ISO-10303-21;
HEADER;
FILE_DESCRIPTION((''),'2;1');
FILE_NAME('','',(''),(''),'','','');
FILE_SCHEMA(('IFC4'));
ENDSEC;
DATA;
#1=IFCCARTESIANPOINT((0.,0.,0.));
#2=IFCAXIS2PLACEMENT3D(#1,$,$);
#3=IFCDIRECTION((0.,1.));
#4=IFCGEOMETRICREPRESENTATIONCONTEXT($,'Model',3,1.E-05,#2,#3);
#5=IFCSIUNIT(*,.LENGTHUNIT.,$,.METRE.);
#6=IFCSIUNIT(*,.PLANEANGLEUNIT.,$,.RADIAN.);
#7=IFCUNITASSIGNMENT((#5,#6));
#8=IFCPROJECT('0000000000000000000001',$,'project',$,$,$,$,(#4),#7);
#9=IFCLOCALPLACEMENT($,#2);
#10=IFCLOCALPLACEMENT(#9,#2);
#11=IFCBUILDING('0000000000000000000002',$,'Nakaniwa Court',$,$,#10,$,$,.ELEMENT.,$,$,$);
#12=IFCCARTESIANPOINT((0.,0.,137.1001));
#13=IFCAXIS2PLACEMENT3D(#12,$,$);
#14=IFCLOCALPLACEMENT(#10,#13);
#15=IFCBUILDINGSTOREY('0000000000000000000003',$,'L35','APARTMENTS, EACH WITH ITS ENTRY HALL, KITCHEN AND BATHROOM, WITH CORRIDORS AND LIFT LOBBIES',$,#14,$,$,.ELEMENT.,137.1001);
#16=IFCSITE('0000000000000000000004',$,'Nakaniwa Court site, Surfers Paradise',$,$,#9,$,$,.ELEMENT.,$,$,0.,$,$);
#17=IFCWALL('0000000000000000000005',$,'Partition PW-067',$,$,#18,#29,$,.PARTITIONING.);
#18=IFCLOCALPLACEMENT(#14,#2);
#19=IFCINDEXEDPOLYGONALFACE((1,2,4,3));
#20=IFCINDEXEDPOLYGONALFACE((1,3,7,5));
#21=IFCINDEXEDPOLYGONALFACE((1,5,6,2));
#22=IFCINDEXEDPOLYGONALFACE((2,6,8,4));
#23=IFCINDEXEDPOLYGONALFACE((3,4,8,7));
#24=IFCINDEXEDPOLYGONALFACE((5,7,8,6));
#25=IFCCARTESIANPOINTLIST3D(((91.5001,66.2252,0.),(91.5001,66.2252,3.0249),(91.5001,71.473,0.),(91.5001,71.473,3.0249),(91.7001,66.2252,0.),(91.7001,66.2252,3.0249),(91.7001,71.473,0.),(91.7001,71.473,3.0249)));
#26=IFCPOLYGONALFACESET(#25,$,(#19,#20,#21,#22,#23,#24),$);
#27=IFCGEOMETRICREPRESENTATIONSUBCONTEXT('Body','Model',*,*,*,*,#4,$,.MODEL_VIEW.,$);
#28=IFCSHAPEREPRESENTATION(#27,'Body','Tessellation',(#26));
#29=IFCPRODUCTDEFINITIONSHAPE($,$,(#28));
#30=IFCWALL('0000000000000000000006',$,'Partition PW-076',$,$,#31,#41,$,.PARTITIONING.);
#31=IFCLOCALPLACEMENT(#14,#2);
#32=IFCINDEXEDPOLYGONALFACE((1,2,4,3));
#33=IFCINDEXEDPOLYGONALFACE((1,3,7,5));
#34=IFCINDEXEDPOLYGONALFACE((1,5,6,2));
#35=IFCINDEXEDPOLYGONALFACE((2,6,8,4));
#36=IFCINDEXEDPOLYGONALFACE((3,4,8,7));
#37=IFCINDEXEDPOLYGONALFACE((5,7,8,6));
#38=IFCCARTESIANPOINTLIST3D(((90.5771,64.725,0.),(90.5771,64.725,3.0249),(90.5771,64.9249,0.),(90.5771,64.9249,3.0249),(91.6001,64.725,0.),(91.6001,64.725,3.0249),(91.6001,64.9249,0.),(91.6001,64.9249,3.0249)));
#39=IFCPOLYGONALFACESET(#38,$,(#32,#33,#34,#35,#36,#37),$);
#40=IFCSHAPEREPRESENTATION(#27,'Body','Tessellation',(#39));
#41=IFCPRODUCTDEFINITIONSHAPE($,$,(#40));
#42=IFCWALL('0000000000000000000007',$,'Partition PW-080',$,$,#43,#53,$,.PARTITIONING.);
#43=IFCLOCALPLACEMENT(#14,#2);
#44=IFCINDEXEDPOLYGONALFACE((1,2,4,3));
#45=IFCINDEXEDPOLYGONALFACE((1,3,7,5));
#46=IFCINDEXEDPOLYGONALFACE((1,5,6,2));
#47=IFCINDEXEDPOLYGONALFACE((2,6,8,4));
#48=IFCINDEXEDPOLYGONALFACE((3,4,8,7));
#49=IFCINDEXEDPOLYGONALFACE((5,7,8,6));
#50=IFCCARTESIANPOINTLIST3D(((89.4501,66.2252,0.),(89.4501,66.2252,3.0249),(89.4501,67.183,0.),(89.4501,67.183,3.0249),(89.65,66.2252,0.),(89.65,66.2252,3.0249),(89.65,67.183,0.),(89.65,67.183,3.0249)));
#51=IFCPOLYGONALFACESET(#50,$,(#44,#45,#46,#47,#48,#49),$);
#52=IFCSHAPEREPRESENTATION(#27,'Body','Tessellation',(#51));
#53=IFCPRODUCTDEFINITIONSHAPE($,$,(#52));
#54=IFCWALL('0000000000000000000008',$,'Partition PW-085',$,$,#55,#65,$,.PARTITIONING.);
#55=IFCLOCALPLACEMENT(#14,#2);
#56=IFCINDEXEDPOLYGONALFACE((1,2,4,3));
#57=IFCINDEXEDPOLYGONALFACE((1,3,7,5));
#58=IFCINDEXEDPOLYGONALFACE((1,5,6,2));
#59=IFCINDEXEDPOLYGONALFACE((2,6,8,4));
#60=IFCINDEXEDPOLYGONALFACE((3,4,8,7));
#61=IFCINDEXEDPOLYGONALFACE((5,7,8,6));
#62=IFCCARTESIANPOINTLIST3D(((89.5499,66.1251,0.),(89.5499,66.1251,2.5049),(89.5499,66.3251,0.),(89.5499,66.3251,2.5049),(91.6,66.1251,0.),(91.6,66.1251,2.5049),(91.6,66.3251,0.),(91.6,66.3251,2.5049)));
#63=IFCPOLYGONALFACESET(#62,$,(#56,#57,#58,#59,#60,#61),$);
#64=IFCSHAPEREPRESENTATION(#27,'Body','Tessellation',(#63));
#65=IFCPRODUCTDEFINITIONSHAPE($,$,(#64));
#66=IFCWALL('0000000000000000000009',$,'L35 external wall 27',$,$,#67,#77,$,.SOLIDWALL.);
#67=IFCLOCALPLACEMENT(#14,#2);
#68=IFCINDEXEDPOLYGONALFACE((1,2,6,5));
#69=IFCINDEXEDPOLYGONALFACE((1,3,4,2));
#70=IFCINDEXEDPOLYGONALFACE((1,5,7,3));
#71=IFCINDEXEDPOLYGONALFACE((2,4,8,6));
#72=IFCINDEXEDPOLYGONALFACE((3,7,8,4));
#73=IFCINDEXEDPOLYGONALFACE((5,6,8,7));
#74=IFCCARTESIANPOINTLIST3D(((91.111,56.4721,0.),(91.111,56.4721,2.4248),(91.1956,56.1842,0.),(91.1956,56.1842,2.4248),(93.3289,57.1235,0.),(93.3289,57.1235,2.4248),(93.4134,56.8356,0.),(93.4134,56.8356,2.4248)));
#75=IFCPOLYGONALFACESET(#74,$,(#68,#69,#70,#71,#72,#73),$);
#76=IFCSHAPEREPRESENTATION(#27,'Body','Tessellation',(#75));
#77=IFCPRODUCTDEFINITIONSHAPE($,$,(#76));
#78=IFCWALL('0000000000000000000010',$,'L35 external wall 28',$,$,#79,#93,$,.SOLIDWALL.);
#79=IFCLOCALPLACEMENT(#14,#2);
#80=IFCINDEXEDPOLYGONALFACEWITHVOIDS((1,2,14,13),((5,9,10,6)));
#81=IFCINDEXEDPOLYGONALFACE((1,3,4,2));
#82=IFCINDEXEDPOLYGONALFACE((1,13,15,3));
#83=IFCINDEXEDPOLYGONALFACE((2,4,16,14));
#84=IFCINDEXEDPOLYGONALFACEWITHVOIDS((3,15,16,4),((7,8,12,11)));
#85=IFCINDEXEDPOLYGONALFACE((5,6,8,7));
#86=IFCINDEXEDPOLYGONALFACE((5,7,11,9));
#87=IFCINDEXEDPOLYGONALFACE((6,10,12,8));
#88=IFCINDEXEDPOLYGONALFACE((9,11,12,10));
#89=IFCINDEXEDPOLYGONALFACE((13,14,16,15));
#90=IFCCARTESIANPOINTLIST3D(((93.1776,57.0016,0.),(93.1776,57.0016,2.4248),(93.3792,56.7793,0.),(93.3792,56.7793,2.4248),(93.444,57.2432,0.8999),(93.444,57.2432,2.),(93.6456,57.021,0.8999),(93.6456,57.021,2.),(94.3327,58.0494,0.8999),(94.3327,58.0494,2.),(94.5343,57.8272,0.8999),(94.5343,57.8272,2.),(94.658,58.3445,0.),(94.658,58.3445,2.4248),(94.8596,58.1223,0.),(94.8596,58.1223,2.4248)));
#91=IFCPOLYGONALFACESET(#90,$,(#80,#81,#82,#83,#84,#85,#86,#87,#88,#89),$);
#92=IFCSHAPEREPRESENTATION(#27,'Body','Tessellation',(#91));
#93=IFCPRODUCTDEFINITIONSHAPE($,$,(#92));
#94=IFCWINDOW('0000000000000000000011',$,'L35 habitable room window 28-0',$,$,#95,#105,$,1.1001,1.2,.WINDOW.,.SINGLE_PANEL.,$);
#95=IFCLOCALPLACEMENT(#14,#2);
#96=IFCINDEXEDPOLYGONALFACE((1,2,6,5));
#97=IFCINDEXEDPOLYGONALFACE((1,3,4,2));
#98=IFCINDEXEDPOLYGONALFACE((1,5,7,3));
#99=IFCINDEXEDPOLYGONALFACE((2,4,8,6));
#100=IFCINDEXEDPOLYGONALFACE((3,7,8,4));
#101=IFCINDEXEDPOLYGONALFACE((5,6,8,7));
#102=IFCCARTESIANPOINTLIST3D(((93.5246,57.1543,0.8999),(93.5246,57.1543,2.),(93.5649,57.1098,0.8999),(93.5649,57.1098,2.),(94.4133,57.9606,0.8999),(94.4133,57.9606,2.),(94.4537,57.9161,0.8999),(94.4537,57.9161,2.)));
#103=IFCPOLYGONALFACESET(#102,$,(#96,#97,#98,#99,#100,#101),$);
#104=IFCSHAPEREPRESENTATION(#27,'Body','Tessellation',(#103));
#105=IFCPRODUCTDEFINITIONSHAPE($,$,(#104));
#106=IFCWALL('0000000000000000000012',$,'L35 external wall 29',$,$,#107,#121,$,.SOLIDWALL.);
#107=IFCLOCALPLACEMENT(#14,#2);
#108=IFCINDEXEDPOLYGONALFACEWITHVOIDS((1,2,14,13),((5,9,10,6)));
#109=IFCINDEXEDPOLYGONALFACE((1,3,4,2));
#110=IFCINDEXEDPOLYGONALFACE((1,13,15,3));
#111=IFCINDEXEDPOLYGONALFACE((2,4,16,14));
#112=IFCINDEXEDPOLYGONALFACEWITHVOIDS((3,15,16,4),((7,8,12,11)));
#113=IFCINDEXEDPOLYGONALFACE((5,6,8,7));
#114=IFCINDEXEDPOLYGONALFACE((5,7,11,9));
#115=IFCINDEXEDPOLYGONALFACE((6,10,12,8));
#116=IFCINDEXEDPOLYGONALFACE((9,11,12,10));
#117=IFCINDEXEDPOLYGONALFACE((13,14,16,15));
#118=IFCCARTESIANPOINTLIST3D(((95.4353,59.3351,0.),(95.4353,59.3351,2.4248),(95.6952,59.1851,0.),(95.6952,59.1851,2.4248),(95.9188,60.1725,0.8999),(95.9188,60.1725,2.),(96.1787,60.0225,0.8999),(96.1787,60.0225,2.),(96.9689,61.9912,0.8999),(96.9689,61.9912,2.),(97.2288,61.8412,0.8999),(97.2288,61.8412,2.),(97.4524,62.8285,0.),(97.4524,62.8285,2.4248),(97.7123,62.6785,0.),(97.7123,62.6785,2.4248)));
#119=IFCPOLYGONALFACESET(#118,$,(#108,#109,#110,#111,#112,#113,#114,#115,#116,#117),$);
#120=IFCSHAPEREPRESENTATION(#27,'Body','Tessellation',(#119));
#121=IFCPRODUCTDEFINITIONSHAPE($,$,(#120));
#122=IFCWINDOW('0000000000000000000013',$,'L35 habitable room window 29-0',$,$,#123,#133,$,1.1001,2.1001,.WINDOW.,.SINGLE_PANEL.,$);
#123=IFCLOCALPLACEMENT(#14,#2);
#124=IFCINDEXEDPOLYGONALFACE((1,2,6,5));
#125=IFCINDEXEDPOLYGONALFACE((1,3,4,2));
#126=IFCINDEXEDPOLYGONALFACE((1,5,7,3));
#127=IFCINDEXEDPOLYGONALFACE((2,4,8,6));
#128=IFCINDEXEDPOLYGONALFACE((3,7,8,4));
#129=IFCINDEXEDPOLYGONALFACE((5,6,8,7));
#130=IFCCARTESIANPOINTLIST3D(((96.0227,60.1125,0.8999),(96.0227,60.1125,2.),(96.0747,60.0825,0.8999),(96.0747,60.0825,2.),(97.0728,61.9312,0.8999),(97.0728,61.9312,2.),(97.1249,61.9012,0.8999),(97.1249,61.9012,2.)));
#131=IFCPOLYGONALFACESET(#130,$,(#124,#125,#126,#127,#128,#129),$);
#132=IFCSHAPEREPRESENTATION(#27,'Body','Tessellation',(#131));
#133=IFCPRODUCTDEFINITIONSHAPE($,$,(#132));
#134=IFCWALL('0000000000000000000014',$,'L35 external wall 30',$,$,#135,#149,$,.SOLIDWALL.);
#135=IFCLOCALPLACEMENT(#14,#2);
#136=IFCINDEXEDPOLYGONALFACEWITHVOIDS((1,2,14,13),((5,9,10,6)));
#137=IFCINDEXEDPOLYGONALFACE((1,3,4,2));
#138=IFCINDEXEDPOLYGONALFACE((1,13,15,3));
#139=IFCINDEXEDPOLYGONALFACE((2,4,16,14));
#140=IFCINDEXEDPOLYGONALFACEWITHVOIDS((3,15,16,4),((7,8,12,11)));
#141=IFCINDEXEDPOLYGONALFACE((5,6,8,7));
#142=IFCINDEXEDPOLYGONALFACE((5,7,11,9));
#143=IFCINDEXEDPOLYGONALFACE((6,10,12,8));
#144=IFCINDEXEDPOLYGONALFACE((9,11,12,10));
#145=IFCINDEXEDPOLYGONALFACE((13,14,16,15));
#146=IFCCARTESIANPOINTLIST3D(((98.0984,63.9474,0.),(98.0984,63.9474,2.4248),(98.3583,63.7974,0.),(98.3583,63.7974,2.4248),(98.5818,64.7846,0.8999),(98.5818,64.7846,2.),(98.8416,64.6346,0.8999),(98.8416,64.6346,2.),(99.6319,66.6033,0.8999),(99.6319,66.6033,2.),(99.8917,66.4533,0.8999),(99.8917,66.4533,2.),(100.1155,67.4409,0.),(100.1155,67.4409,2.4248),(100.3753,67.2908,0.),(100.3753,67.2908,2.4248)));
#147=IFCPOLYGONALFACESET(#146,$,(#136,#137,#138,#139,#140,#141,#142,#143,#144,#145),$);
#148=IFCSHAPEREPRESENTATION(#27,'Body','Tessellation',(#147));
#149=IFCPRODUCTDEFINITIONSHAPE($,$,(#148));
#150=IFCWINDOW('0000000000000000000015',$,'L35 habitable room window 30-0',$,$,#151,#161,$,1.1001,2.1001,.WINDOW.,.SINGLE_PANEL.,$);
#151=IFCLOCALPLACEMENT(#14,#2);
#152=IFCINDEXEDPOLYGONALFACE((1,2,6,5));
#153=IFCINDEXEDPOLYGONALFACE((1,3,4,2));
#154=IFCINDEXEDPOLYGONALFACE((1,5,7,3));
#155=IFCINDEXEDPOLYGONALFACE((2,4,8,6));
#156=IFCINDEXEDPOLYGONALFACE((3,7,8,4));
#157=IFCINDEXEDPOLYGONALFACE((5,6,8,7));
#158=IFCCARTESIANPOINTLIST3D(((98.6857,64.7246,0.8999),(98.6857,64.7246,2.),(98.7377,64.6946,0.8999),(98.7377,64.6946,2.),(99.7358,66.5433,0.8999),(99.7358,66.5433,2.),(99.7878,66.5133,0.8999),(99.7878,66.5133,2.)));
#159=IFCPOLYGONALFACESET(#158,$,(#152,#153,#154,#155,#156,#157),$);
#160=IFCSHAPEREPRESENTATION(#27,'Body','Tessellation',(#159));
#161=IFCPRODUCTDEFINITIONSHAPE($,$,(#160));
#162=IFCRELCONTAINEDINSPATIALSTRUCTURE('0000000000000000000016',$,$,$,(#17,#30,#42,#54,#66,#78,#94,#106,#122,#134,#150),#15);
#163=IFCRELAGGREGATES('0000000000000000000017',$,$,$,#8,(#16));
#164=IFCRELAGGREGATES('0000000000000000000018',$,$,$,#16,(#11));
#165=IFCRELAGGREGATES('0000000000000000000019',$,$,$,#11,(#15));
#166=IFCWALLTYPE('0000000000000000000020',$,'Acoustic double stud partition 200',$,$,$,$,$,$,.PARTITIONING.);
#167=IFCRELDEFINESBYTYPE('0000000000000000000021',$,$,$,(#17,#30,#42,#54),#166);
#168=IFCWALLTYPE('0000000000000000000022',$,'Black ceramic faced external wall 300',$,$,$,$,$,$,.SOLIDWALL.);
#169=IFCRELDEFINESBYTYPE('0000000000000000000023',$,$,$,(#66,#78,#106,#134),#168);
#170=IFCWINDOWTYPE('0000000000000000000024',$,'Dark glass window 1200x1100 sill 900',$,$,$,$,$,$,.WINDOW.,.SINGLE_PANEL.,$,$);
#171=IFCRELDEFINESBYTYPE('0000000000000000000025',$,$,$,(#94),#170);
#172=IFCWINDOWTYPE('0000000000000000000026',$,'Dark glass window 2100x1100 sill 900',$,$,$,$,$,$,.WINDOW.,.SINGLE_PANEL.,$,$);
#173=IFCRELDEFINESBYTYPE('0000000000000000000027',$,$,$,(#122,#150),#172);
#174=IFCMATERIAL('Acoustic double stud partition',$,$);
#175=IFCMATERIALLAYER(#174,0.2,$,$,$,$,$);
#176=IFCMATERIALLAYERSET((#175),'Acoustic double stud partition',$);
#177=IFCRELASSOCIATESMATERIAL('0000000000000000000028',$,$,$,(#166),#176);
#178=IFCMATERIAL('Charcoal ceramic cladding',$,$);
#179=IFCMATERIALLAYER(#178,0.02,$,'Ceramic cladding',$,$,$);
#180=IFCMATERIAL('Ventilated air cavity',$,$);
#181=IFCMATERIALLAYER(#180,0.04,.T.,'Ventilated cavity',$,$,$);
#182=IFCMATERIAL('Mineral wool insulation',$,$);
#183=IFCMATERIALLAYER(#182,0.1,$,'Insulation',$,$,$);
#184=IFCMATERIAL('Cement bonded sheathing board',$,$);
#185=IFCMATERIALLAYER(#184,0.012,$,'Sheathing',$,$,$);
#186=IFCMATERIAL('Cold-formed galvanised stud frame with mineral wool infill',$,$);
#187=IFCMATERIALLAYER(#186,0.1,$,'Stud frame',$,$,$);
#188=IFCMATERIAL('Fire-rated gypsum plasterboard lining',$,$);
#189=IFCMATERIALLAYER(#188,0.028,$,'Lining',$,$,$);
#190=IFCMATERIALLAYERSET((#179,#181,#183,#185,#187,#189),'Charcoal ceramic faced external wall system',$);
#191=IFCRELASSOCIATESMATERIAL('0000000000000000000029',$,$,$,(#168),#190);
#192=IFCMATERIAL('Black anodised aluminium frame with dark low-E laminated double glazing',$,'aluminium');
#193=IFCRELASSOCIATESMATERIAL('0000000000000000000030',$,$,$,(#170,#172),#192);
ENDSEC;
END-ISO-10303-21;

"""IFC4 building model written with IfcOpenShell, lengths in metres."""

from ifc_helpers import new_model, si_unit, direction, frame, frame_2d, origin, place, context, subcontext, project, spatial, rectangle, extrude, material, layer, layer_set, type_object, element, fill, save


model = new_model("IFC4")

# Units and contexts
model_context = context("Model", 3, precision=1e-05, world=origin(), true_north=direction((0.0, 1.0)))
body_context = subcontext(model_context, "Body", "Model", "MODEL_VIEW")
ifc_project = project(units=[si_unit("LENGTHUNIT", "METRE"), si_unit("PLANEANGLEUNIT", "RADIAN")], contexts=[model_context])

# Site, building, storey
site_placement = place(None, origin())
site = spatial("IfcSite", under=ifc_project, at=site_placement, Name="Nakaniwa Court site, Surfers Paradise", CompositionType="ELEMENT", RefElevation=0.0)
building_placement = place(site_placement, origin())
building = spatial("IfcBuilding", under=site, at=building_placement, Name="Nakaniwa Court", CompositionType="ELEMENT")
storey_placement = place(building_placement, frame((0.0, 0.0, 137.1001)))
storey = spatial("IfcBuildingStorey", under=building, at=storey_placement, Name="L35", Description="APARTMENTS, EACH WITH ITS ENTRY HALL, KITCHEN AND BATHROOM, WITH CORRIDORS AND LIFT LOBBIES", CompositionType="ELEMENT", Elevation=137.1001)

# Shared definitions
ifc_material_1 = material(Name="Acoustic double stud partition")
ifc_layer_1 = layer(ifc_material_1, 0.2)
ifc_layer_set_1 = layer_set([ifc_layer_1], Name="Acoustic double stud partition")
wall_type_1 = type_object("IfcWallType", Name="Acoustic double stud partition 200", PredefinedType="PARTITIONING", material=ifc_layer_set_1)

# Walls
wall_1_placement = place(storey_placement, frame((91.6001, 66.2251, 0.0), z_axis=(0.0, 0.0, 1.0), x_axis=(0.0, 1.0, 0.0)))
element("IfcWall", 1, at=wall_1_placement, inside=storey, type_object=wall_type_1, Name="Partition PW-067", PredefinedType="PARTITIONING", context=body_context, shape_type="SweptSolid", body=[
    extrude(rectangle(XDim=5.2478, YDim=0.2, at=frame_2d((2.624, 0.0))), origin(), (0.0, 0.0, 1.0), 3.0249),
])
wall_2_placement = place(storey_placement, frame((90.5771, 64.825, 0.0), z_axis=(0.0, 0.0, 1.0), x_axis=(1.0, 0.0, 0.0)))
element("IfcWall", 2, at=wall_2_placement, inside=storey, type_object=wall_type_1, Name="Partition PW-076", PredefinedType="PARTITIONING", context=body_context, shape_type="SweptSolid", body=[
    extrude(rectangle(XDim=1.0229, YDim=0.2, at=frame_2d((0.5115, 0.0))), origin(), (0.0, 0.0, 1.0), 3.0249),
])
wall_3_placement = place(storey_placement, frame((89.55, 66.2251, 0.0), z_axis=(0.0, 0.0, 1.0), x_axis=(0.0, 1.0, 0.0)))
element("IfcWall", 3, at=wall_3_placement, inside=storey, type_object=wall_type_1, Name="Partition PW-080", PredefinedType="PARTITIONING", context=body_context, shape_type="SweptSolid", body=[
    extrude(rectangle(XDim=0.9578, YDim=0.2, at=frame_2d((0.479, 0.0))), origin(), (0.0, 0.0, 1.0), 3.0249),
])
wall_4_placement = place(storey_placement, frame((89.55, 66.2251, 0.0), z_axis=(0.0, 0.0, 1.0), x_axis=(1.0, 0.0, 0.0)))
element("IfcWall", 4, at=wall_4_placement, inside=storey, type_object=wall_type_1, Name="Partition PW-085", PredefinedType="PARTITIONING", context=body_context, shape_type="SweptSolid", body=[
    extrude(rectangle(XDim=2.05, YDim=0.2, at=frame_2d((1.0249, 0.0))), origin(), (0.0, 0.0, 1.0), 2.5049),
])
ifc_material_2 = material(Name="Charcoal ceramic cladding")
ifc_layer_2 = layer(ifc_material_2, 0.02, Name="Ceramic cladding")
ifc_material_3 = material(Name="Ventilated air cavity")
ifc_layer_3 = layer(ifc_material_3, 0.04, ventilated=True, Name="Ventilated cavity")
ifc_material_4 = material(Name="Mineral wool insulation")
ifc_layer_4 = layer(ifc_material_4, 0.1, Name="Insulation")
ifc_material_5 = material(Name="Cement bonded sheathing board")
ifc_layer_5 = layer(ifc_material_5, 0.012, Name="Sheathing")
ifc_material_6 = material(Name="Cold-formed galvanised stud frame with mineral wool infill")
ifc_layer_6 = layer(ifc_material_6, 0.1, Name="Stud frame")
ifc_material_7 = material(Name="Fire-rated gypsum plasterboard lining")
ifc_layer_7 = layer(ifc_material_7, 0.028, Name="Lining")
ifc_layer_set_2 = layer_set([ifc_layer_2, ifc_layer_3, ifc_layer_4, ifc_layer_5, ifc_layer_6, ifc_layer_7], Name="Charcoal ceramic faced external wall system")
wall_type_2 = type_object("IfcWallType", Name="Black ceramic faced external wall 300", PredefinedType="SOLIDWALL", material=ifc_layer_set_2)
wall_5_placement = place(storey_placement, frame((91.1533, 56.3281, 0.0), z_axis=(0.0, 0.0, 1.0), x_axis=(0.959473, 0.2818, 0.0)))
element("IfcWall", 5, at=wall_5_placement, inside=storey, type_object=wall_type_2, Name="L35 external wall 27", PredefinedType="SOLIDWALL", context=body_context, shape_type="SweptSolid", body=[
    extrude(rectangle(XDim=2.3115, YDim=0.3, at=frame_2d((1.1558, 0.0))), origin(), (0.0, 0.0, 1.0), 2.4248),
])

# Walls, openings, windows
wall_6_placement = place(storey_placement, frame((93.2783, 56.8904, 0.0), z_axis=(0.0, 0.0, 1.0), x_axis=(0.740653, 0.671888, 0.0)))
wall_6 = element("IfcWall", 6, at=wall_6_placement, inside=storey, type_object=wall_type_2, Name="L35 external wall 28", PredefinedType="SOLIDWALL", context=body_context, shape_type="SweptSolid", body=[
    extrude(rectangle(XDim=1.9988, YDim=0.3, at=frame_2d((0.9995, 0.0))), origin(), (0.0, 0.0, 1.0), 2.4248),
])
opening_1_placement = place(wall_6_placement, frame((0.3596, 0.0, 0.8999)))
opening_1 = element("IfcOpeningElement", 7, at=opening_1_placement, cuts=wall_6, PredefinedType="OPENING", context=body_context, shape_type="SweptSolid", body=[
    extrude(rectangle(XDim=1.2, YDim=1.1001, at=frame_2d((0.6001, 0.55))), frame((0.0, 0.1599, 0.0), z_axis=(0.0, -1.0, 0.0), x_axis=(1.0, 0.0, 0.0)), (0.0, 0.0, 1.0), 0.3201),
])
ifc_material_8 = material(Name="Black anodised aluminium frame with dark low-E laminated double glazing", Category="aluminium")
window_type_1 = type_object("IfcWindowType", Name="Dark glass window 1200x1100 sill 900", PartitioningType="SINGLE_PANEL", PredefinedType="WINDOW", material=ifc_material_8)
window_1_placement = place(opening_1_placement, origin())
window_1 = element("IfcWindow", 8, at=window_1_placement, inside=storey, type_object=window_type_1, Name="L35 habitable room window 28-0", OverallHeight=1.1001, OverallWidth=1.2, PartitioningType="SINGLE_PANEL", PredefinedType="WINDOW", context=body_context, shape_type="SweptSolid", body=[
    extrude(rectangle(XDim=1.2, YDim=1.1001, at=frame_2d((0.6001, 0.55))), frame((0.0, 0.03, 0.0), z_axis=(0.0, -1.0, 0.0), x_axis=(1.0, 0.0, 0.0)), (0.0, 0.0, 1.0), 0.0601),
])
fill(opening_1, window_1)
wall_7_placement = place(storey_placement, frame((95.5652, 59.26, 0.0), z_axis=(0.0, 0.0, 1.0), x_axis=(0.500032, 0.866007, 0.0)))
wall_7 = element("IfcWall", 9, at=wall_7_placement, inside=storey, type_object=wall_type_2, Name="L35 external wall 29", PredefinedType="SOLIDWALL", context=body_context, shape_type="SweptSolid", body=[
    extrude(rectangle(XDim=4.0339, YDim=0.3, at=frame_2d((2.0171, 0.0))), origin(), (0.0, 0.0, 1.0), 2.4248),
])
opening_2_placement = place(wall_7_placement, frame((0.967, 0.0, 0.8999)))
opening_2 = element("IfcOpeningElement", 10, at=opening_2_placement, cuts=wall_7, PredefinedType="OPENING", context=body_context, shape_type="SweptSolid", body=[
    extrude(rectangle(XDim=2.1001, YDim=1.1001, at=frame_2d((1.05, 0.55))), frame((0.0, 0.1599, 0.0), z_axis=(0.0, -1.0, 0.0), x_axis=(1.0, 0.0, 0.0)), (0.0, 0.0, 1.0), 0.3201),
])
window_type_2 = type_object("IfcWindowType", Name="Dark glass window 2100x1100 sill 900", PartitioningType="SINGLE_PANEL", PredefinedType="WINDOW", material=ifc_material_8)
window_2_placement = place(opening_2_placement, origin())
window_2 = element("IfcWindow", 11, at=window_2_placement, inside=storey, type_object=window_type_2, Name="L35 habitable room window 29-0", OverallHeight=1.1001, OverallWidth=2.1001, PartitioningType="SINGLE_PANEL", PredefinedType="WINDOW", context=body_context, shape_type="SweptSolid", body=[
    extrude(rectangle(XDim=2.1001, YDim=1.1001, at=frame_2d((1.05, 0.55))), frame((0.0, 0.03, 0.0), z_axis=(0.0, -1.0, 0.0), x_axis=(1.0, 0.0, 0.0)), (0.0, 0.0, 1.0), 0.0601),
])
fill(opening_2, window_2)
wall_8_placement = place(storey_placement, frame((98.2283, 63.8723, 0.0), z_axis=(0.0, 0.0, 1.0), x_axis=(0.500032, 0.866007, 0.0)))
wall_8 = element("IfcWall", 12, at=wall_8_placement, inside=storey, type_object=wall_type_2, Name="L35 external wall 30", PredefinedType="SOLIDWALL", context=body_context, shape_type="SweptSolid", body=[
    extrude(rectangle(XDim=4.0339, YDim=0.3, at=frame_2d((2.0171, 0.0))), origin(), (0.0, 0.0, 1.0), 2.4248),
])
opening_3_placement = place(wall_8_placement, frame((0.9668, 0.0, 0.8999)))
opening_3 = element("IfcOpeningElement", 13, at=opening_3_placement, cuts=wall_8, PredefinedType="OPENING", context=body_context, shape_type="SweptSolid", body=[
    extrude(rectangle(XDim=2.1001, YDim=1.1001, at=frame_2d((1.05, 0.55))), frame((0.0, 0.1599, 0.0), z_axis=(0.0, -1.0, 0.0), x_axis=(1.0, 0.0, 0.0)), (0.0, 0.0, 1.0), 0.3201),
])
window_3_placement = place(opening_3_placement, origin())
window_3 = element("IfcWindow", 14, at=window_3_placement, inside=storey, type_object=window_type_2, Name="L35 habitable room window 30-0", OverallHeight=1.1001, OverallWidth=2.1001, PartitioningType="SINGLE_PANEL", PredefinedType="WINDOW", context=body_context, shape_type="SweptSolid", body=[
    extrude(rectangle(XDim=2.1001, YDim=1.1001, at=frame_2d((1.05, 0.55))), frame((0.0, 0.03, 0.0), z_axis=(0.0, -1.0, 0.0), x_axis=(1.0, 0.0, 0.0)), (0.0, 0.0, 1.0), 0.0601),
])
fill(opening_3, window_3)

save(model, "model.ifc")
